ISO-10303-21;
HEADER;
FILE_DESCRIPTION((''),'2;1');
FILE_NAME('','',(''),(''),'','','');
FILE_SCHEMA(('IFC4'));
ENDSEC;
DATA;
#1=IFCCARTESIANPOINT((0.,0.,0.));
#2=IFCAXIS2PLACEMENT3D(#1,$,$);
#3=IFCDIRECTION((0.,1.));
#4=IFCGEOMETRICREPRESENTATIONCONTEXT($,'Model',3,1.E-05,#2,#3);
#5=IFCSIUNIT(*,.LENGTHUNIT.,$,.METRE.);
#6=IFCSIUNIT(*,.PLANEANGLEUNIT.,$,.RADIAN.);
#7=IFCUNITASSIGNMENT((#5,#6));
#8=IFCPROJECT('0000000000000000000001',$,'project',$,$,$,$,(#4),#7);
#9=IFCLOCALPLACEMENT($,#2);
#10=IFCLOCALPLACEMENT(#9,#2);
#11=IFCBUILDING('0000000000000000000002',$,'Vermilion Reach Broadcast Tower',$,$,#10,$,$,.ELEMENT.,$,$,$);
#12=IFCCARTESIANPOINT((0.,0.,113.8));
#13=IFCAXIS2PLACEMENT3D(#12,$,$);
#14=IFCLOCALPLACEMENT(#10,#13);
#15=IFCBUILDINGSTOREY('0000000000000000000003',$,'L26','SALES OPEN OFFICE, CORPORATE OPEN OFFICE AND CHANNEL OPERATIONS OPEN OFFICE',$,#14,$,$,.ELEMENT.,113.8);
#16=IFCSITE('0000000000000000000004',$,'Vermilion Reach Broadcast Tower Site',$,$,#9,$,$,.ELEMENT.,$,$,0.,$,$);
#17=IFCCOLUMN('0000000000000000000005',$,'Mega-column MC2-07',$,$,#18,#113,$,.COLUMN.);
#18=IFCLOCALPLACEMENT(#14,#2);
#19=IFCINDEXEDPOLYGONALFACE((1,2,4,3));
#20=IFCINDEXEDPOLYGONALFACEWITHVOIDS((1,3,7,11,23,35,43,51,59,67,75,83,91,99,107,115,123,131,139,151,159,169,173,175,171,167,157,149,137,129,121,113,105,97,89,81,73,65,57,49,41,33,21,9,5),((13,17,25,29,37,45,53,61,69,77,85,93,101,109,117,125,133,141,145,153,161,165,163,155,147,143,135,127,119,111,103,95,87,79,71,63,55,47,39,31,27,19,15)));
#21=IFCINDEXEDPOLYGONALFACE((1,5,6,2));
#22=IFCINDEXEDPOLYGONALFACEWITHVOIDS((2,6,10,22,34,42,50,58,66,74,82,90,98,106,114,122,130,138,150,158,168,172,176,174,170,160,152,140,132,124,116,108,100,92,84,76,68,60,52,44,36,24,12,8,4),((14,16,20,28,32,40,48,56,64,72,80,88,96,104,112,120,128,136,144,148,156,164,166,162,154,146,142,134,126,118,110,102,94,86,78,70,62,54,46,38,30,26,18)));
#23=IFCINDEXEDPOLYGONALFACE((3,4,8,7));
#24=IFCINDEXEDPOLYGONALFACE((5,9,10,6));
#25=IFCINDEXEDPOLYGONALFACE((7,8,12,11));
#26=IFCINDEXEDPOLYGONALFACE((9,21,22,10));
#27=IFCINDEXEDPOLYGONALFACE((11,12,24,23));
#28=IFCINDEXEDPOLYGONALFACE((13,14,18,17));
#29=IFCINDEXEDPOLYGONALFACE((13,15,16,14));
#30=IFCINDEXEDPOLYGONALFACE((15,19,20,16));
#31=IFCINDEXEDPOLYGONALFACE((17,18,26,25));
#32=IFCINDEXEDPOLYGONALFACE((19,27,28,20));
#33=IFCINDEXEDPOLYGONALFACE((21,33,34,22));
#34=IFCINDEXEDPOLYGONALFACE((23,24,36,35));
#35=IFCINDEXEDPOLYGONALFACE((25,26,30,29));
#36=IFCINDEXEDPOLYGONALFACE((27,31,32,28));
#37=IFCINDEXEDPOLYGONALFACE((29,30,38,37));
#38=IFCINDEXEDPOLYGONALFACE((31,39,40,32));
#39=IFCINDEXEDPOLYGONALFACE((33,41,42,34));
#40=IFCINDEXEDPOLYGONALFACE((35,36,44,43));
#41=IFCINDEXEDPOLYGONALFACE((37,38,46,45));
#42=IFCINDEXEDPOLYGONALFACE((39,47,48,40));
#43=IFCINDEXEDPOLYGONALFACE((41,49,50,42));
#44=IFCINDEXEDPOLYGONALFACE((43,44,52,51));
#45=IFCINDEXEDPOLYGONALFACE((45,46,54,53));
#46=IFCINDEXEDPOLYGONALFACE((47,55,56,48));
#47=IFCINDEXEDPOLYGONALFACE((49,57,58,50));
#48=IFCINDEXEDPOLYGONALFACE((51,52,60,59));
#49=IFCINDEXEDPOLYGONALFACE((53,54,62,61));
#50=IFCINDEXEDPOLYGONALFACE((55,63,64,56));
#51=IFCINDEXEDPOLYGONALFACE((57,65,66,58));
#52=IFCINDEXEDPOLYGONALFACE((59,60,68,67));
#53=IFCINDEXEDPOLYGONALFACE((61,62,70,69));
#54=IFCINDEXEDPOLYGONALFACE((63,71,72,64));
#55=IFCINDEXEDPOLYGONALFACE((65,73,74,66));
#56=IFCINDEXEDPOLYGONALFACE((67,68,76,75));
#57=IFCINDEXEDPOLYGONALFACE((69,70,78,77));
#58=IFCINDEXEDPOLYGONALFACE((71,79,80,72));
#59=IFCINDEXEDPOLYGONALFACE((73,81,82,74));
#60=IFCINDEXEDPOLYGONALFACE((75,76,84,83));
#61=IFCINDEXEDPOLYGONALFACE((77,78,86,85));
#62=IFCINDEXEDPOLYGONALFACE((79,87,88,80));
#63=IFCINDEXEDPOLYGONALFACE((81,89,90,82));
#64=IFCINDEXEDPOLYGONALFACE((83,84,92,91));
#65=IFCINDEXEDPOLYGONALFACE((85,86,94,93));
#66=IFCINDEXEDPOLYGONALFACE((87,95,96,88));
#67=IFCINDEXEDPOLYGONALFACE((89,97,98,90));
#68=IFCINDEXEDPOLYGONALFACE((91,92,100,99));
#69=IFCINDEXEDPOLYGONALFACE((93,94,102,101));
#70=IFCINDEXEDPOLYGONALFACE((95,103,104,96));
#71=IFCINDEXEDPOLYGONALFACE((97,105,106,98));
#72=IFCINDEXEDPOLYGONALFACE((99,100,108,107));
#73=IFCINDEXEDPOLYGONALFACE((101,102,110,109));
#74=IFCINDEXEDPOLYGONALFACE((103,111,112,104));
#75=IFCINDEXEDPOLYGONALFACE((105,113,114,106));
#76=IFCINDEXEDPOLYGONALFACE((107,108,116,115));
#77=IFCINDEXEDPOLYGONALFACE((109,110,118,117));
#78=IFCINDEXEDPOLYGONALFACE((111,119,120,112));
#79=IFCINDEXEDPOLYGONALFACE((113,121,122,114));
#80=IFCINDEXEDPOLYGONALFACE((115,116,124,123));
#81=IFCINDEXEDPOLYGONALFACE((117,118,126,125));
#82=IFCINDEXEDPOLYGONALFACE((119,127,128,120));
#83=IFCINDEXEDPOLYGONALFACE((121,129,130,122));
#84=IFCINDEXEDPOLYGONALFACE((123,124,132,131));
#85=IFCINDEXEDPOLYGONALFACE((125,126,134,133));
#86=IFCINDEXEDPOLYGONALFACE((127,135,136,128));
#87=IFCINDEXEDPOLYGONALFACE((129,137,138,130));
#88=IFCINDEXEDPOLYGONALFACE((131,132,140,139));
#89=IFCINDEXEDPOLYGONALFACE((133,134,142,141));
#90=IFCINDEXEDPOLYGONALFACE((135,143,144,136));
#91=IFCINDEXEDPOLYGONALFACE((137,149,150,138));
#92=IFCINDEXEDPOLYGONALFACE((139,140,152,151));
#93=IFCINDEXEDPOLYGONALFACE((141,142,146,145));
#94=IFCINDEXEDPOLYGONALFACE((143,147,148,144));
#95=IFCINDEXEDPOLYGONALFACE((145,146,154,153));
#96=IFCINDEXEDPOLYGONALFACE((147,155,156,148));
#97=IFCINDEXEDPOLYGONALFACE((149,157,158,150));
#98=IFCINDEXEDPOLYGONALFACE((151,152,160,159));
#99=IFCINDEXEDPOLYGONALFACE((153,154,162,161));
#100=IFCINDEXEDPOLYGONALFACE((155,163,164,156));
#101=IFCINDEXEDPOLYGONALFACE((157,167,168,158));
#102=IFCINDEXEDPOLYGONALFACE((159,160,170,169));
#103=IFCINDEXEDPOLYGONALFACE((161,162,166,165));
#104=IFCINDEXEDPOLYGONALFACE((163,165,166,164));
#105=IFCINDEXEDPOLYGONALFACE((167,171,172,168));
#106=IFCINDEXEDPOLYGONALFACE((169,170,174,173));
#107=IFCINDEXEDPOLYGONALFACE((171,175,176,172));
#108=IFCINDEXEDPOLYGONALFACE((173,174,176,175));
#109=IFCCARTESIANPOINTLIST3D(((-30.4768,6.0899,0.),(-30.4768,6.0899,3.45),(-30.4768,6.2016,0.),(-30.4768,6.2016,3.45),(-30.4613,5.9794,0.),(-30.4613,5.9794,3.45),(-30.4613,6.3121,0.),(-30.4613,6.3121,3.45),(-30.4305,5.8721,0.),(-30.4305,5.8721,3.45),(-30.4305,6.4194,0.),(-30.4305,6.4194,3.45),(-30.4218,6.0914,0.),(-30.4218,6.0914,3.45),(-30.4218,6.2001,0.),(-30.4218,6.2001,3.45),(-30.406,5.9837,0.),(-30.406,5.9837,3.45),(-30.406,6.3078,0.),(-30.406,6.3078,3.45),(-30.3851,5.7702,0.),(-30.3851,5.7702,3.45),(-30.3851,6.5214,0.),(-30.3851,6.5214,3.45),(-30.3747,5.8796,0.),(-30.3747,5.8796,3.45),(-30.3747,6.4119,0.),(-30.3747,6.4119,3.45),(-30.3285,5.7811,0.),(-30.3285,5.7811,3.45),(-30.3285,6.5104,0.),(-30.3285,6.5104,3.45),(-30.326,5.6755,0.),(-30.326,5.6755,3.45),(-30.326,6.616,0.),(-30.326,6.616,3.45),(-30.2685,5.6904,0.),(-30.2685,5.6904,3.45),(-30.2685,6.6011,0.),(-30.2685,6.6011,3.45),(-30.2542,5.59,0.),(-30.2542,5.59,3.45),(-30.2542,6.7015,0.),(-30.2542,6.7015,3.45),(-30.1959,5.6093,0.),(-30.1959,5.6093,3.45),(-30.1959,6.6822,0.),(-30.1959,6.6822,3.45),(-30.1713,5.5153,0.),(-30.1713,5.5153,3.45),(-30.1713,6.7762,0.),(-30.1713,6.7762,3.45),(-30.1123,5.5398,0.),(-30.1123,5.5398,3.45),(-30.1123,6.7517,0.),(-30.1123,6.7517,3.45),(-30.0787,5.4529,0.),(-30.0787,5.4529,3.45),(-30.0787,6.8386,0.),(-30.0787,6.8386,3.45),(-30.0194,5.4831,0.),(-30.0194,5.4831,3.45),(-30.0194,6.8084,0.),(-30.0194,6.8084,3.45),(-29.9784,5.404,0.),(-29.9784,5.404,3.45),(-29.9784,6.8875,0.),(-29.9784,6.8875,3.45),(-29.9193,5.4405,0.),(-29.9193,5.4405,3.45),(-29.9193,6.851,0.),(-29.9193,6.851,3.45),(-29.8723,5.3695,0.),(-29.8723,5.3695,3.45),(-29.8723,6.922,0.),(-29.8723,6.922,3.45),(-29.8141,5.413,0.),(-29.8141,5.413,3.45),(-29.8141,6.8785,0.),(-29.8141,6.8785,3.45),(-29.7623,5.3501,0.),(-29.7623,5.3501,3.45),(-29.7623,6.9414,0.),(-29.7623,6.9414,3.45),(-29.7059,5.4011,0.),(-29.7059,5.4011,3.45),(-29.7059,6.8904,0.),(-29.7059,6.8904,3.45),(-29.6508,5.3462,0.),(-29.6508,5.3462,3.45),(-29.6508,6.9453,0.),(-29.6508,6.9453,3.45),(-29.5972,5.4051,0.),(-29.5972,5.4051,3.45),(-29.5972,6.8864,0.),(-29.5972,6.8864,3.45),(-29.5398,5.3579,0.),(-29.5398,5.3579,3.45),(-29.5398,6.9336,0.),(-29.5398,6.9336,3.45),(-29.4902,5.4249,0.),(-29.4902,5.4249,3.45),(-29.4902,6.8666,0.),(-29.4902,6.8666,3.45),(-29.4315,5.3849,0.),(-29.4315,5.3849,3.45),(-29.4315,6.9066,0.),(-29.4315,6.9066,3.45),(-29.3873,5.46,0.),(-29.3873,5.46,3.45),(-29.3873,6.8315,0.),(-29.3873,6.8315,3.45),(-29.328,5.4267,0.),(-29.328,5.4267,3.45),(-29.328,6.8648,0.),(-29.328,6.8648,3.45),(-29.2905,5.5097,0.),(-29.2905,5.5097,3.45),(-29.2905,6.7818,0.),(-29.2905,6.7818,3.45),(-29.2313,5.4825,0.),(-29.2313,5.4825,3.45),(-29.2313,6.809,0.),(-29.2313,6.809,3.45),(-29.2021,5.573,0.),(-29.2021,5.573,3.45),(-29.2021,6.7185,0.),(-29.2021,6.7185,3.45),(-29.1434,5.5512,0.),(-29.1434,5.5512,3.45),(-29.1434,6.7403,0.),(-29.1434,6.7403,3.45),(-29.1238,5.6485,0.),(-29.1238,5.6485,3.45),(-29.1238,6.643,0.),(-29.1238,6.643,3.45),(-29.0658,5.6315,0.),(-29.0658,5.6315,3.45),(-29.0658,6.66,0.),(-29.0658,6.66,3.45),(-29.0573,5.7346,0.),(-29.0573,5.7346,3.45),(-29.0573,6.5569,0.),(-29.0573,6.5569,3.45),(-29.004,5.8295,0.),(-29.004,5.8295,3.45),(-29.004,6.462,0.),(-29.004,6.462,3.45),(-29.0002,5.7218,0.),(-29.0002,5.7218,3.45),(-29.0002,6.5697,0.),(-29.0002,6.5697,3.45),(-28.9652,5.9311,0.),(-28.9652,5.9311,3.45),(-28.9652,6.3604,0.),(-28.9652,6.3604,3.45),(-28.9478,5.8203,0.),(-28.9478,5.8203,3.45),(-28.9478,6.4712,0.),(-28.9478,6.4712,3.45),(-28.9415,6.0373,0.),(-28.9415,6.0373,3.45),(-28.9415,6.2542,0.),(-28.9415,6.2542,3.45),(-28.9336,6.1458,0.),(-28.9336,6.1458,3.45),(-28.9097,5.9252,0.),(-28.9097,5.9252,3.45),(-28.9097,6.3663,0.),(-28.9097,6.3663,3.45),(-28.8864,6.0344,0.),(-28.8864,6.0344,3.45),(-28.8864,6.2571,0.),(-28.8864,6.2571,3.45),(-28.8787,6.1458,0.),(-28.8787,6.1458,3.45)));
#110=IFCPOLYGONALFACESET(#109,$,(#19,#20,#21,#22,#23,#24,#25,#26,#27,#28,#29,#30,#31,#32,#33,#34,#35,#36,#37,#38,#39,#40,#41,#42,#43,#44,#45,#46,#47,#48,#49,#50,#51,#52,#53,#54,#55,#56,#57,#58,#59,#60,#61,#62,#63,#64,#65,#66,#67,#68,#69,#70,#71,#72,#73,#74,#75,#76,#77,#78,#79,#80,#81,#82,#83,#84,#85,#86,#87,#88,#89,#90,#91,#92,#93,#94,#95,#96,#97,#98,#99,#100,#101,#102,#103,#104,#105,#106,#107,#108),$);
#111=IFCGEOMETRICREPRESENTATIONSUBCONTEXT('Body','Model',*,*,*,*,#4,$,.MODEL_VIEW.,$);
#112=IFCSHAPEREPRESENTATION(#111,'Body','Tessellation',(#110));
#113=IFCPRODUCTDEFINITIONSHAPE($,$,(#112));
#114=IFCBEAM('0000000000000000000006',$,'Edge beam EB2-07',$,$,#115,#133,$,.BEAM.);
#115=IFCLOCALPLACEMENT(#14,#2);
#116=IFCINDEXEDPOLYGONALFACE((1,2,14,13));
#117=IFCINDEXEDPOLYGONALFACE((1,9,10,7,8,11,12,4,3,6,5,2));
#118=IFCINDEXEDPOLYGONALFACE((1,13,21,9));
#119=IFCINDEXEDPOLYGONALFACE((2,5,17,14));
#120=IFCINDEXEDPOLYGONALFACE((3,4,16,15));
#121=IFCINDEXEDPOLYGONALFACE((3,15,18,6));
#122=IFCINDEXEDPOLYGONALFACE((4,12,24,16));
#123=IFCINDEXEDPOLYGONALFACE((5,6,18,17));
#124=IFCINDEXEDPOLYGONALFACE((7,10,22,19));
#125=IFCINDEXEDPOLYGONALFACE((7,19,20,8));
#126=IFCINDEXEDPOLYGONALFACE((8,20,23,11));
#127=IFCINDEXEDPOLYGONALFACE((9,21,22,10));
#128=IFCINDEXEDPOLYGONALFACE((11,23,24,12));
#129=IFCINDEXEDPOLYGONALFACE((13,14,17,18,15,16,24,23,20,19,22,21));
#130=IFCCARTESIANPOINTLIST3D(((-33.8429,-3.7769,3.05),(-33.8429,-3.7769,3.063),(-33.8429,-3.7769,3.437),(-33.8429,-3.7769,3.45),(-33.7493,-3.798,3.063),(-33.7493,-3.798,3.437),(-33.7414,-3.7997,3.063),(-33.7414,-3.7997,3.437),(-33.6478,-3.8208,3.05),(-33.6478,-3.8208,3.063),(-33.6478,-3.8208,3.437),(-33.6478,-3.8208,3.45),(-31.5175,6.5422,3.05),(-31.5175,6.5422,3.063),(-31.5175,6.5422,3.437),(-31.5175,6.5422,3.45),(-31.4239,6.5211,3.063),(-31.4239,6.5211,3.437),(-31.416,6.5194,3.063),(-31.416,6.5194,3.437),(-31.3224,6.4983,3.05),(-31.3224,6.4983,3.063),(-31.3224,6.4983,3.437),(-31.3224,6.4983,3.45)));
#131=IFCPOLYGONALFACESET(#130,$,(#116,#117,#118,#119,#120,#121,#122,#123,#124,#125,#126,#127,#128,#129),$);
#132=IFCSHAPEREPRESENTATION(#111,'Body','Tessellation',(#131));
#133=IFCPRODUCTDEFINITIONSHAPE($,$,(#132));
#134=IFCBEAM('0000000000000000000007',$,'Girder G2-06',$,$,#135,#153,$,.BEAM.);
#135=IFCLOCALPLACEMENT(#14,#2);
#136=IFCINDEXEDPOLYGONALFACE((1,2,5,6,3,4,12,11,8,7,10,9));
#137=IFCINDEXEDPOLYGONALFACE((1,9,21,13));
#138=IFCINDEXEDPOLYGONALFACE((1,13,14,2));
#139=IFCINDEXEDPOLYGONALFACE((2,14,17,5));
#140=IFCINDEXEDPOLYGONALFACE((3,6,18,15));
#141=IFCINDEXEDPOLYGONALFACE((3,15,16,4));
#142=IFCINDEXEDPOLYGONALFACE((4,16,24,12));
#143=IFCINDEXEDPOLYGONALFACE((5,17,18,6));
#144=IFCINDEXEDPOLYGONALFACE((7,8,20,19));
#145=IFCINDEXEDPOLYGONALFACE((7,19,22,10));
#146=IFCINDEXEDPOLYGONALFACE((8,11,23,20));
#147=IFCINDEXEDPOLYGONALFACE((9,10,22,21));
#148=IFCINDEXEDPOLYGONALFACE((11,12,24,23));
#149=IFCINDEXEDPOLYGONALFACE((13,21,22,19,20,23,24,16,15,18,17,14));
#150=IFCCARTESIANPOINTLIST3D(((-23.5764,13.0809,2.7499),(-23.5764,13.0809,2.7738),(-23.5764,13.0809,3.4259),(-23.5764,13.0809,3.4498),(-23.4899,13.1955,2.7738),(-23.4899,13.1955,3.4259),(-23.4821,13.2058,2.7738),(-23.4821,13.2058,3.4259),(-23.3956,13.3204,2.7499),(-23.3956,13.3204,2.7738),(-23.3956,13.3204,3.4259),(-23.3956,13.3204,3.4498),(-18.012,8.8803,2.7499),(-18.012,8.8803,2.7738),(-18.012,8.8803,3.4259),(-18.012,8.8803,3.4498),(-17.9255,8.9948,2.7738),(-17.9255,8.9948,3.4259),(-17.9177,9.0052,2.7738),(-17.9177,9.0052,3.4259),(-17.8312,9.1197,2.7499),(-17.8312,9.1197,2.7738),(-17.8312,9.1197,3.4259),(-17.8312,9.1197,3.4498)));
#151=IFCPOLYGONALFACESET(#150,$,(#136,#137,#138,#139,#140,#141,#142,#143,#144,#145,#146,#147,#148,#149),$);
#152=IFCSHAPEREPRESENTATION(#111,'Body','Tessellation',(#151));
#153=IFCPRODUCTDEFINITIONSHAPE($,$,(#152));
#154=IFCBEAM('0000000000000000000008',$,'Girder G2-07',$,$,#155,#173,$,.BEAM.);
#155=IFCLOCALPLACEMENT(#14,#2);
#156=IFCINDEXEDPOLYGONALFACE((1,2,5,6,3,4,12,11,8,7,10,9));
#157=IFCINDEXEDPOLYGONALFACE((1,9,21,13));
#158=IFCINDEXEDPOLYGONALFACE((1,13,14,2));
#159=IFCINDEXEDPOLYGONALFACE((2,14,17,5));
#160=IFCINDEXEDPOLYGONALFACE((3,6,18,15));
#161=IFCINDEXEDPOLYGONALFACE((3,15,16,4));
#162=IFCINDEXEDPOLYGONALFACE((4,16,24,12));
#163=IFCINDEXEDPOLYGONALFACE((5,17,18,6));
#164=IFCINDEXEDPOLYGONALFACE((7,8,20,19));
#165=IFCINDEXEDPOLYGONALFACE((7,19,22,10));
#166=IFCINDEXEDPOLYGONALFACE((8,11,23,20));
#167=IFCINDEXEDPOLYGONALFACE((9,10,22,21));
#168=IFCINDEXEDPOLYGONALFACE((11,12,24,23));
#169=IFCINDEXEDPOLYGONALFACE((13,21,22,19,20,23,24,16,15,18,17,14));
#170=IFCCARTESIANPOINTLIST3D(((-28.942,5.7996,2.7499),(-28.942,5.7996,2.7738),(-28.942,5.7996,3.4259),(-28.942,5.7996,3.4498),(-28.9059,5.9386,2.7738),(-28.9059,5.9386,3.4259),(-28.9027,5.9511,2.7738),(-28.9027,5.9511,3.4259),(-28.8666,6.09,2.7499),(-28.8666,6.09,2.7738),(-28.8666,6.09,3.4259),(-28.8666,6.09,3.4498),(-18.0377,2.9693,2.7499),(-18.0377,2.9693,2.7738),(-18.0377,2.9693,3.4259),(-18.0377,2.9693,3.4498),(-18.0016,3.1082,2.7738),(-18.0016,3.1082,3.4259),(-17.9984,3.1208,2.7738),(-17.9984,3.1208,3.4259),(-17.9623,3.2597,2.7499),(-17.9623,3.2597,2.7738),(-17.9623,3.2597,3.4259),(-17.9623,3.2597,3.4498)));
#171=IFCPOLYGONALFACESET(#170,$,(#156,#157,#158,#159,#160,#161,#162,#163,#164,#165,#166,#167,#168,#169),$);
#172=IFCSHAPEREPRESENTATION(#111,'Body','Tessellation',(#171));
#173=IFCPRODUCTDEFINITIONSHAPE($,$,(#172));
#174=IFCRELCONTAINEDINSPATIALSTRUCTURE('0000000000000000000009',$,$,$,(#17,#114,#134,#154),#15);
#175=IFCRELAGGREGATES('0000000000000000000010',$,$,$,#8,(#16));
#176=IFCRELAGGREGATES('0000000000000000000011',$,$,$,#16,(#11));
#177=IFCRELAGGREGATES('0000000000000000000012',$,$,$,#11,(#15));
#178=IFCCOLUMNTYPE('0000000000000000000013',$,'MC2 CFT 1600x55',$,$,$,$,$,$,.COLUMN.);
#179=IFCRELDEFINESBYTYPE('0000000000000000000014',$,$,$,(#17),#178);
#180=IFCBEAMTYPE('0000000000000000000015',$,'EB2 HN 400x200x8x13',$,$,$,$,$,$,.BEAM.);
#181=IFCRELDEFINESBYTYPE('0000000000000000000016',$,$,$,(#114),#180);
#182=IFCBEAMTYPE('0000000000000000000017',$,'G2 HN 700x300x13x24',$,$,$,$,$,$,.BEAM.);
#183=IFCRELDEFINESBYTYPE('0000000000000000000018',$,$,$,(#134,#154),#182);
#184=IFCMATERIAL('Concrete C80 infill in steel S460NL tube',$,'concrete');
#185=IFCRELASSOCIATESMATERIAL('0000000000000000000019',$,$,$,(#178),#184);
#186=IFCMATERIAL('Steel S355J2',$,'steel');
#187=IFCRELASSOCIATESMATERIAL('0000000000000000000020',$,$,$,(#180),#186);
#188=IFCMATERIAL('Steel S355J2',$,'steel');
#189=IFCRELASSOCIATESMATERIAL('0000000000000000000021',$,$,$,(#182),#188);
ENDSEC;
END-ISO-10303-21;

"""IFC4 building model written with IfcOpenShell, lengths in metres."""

from ifc_helpers import new_model, si_unit, direction, frame, origin, origin_2d, place, context, subcontext, project, spatial, hollow_circle, i_section, extrude, material, material_profile, profile_set, type_object, element, save


model = new_model("IFC4")

# Units and contexts
model_context = context("Model", 3, precision=1e-05, world=origin(), true_north=direction((0.0, 1.0)))
body_context = subcontext(model_context, "Body", "Model", "MODEL_VIEW")
ifc_project = project(units=[si_unit("LENGTHUNIT", "METRE"), si_unit("PLANEANGLEUNIT", "RADIAN")], contexts=[model_context])

# Site, building, storey
site_placement = place(None, origin())
site = spatial("IfcSite", under=ifc_project, at=site_placement, Name="Vermilion Reach Broadcast Tower Site", CompositionType="ELEMENT", RefElevation=0.0)
building_placement = place(site_placement, origin())
building = spatial("IfcBuilding", under=site, at=building_placement, Name="Vermilion Reach Broadcast Tower", CompositionType="ELEMENT")
storey_placement = place(building_placement, frame((0.0, 0.0, 113.8)))
storey = spatial("IfcBuildingStorey", under=building, at=storey_placement, Name="L26", Description="SALES OPEN OFFICE, CORPORATE OPEN OFFICE AND CHANNEL OPERATIONS OPEN OFFICE", CompositionType="ELEMENT", Elevation=113.8)

# Column
ifc_material_1 = material(Name="Concrete C80 infill in steel S460NL tube", Category="concrete")
ifc_material_profile_1 = material_profile(ifc_material_1, hollow_circle(Radius=0.8, WallThickness=0.0549, at=origin_2d()), Name="Concrete C80 infill in steel S460NL tube CFT 1600x55")
ifc_profile_set_1 = profile_set([ifc_material_profile_1], Name="Concrete C80 infill in steel S460NL tube")
column_type = type_object("IfcColumnType", Name="MC2 CFT 1600x55", PredefinedType="COLUMN", material=ifc_profile_set_1)
column_placement = place(storey_placement, frame((-29.6787, 6.1458, 0.0), z_axis=(0.0, 0.0, 1.0), x_axis=(1.0, 0.0, 0.0)))
element("IfcColumn", 1, at=column_placement, inside=storey, type_object=column_type, Name="Mega-column MC2-07", PredefinedType="COLUMN", context=body_context, shape_type="SweptSolid", body=[
    extrude(hollow_circle(Radius=0.8, WallThickness=0.0549, at=origin_2d()), origin(), (0.0, 0.0, 1.0), 3.45),
])

# Beams
ifc_material_2 = material(Name="Steel S355J2", Category="steel")
ifc_material_profile_2 = material_profile(ifc_material_2, i_section(OverallWidth=0.2, OverallDepth=0.3999, WebThickness=0.0081, FlangeThickness=0.0129, at=origin_2d()), Name="S355J2 HN 400x200x8x13")
ifc_profile_set_2 = profile_set([ifc_material_profile_2], Name="Steel S355J2")
beam_type_1 = type_object("IfcBeamType", Name="EB2 HN 400x200x8x13", PredefinedType="BEAM", material=ifc_profile_set_2)
beam_1_placement = place(storey_placement, frame((-31.4199, 6.5203, 3.25), z_axis=(-0.21984, -0.975536, 0.0), x_axis=(0.975536, -0.21984, 0.0)))
element("IfcBeam", 2, at=beam_1_placement, inside=storey, type_object=beam_type_1, Name="Edge beam EB2-07", PredefinedType="BEAM", context=body_context, shape_type="SweptSolid", body=[
    extrude(i_section(OverallWidth=0.2, OverallDepth=0.3999, WebThickness=0.0081, FlangeThickness=0.0129, at=origin_2d()), origin(), (0.0, 0.0, 1.0), 10.5779),
])
ifc_material_3 = material(Name="Steel S355J2", Category="steel")
ifc_material_profile_3 = material_profile(ifc_material_3, i_section(OverallWidth=0.3, OverallDepth=0.7, WebThickness=0.0129, FlangeThickness=0.0239, at=origin_2d()), Name="S355J2 HN 700x300x13x24")
ifc_profile_set_3 = profile_set([ifc_material_profile_3], Name="Steel S355J2")
beam_type_2 = type_object("IfcBeamType", Name="G2 HN 700x300x13x24", PredefinedType="BEAM", material=ifc_profile_set_3)
beam_2_placement = place(storey_placement, frame((-17.9216, 9.0, 3.0999), z_axis=(-0.798114, 0.602507, 0.0), x_axis=(-0.602507, -0.798114, 0.0)))
element("IfcBeam", 3, at=beam_2_placement, inside=storey, type_object=beam_type_2, Name="Girder G2-06", PredefinedType="BEAM", context=body_context, shape_type="SweptSolid", body=[
    extrude(i_section(OverallWidth=0.3, OverallDepth=0.7, WebThickness=0.0129, FlangeThickness=0.0239, at=origin_2d()), origin(), (0.0, 0.0, 1.0), 6.9719),
])
beam_3_placement = place(storey_placement, frame((-18.0, 3.1145, 3.0999), z_axis=(-0.967926, 0.251235, 0.0), x_axis=(-0.251235, -0.967926, 0.0)))
element("IfcBeam", 4, at=beam_3_placement, inside=storey, type_object=beam_type_2, Name="Girder G2-07", PredefinedType="BEAM", context=body_context, shape_type="SweptSolid", body=[
    extrude(i_section(OverallWidth=0.3, OverallDepth=0.7, WebThickness=0.0129, FlangeThickness=0.0239, at=origin_2d()), origin(), (0.0, 0.0, 1.0), 11.2656),
])

save(model, "model.ifc")
